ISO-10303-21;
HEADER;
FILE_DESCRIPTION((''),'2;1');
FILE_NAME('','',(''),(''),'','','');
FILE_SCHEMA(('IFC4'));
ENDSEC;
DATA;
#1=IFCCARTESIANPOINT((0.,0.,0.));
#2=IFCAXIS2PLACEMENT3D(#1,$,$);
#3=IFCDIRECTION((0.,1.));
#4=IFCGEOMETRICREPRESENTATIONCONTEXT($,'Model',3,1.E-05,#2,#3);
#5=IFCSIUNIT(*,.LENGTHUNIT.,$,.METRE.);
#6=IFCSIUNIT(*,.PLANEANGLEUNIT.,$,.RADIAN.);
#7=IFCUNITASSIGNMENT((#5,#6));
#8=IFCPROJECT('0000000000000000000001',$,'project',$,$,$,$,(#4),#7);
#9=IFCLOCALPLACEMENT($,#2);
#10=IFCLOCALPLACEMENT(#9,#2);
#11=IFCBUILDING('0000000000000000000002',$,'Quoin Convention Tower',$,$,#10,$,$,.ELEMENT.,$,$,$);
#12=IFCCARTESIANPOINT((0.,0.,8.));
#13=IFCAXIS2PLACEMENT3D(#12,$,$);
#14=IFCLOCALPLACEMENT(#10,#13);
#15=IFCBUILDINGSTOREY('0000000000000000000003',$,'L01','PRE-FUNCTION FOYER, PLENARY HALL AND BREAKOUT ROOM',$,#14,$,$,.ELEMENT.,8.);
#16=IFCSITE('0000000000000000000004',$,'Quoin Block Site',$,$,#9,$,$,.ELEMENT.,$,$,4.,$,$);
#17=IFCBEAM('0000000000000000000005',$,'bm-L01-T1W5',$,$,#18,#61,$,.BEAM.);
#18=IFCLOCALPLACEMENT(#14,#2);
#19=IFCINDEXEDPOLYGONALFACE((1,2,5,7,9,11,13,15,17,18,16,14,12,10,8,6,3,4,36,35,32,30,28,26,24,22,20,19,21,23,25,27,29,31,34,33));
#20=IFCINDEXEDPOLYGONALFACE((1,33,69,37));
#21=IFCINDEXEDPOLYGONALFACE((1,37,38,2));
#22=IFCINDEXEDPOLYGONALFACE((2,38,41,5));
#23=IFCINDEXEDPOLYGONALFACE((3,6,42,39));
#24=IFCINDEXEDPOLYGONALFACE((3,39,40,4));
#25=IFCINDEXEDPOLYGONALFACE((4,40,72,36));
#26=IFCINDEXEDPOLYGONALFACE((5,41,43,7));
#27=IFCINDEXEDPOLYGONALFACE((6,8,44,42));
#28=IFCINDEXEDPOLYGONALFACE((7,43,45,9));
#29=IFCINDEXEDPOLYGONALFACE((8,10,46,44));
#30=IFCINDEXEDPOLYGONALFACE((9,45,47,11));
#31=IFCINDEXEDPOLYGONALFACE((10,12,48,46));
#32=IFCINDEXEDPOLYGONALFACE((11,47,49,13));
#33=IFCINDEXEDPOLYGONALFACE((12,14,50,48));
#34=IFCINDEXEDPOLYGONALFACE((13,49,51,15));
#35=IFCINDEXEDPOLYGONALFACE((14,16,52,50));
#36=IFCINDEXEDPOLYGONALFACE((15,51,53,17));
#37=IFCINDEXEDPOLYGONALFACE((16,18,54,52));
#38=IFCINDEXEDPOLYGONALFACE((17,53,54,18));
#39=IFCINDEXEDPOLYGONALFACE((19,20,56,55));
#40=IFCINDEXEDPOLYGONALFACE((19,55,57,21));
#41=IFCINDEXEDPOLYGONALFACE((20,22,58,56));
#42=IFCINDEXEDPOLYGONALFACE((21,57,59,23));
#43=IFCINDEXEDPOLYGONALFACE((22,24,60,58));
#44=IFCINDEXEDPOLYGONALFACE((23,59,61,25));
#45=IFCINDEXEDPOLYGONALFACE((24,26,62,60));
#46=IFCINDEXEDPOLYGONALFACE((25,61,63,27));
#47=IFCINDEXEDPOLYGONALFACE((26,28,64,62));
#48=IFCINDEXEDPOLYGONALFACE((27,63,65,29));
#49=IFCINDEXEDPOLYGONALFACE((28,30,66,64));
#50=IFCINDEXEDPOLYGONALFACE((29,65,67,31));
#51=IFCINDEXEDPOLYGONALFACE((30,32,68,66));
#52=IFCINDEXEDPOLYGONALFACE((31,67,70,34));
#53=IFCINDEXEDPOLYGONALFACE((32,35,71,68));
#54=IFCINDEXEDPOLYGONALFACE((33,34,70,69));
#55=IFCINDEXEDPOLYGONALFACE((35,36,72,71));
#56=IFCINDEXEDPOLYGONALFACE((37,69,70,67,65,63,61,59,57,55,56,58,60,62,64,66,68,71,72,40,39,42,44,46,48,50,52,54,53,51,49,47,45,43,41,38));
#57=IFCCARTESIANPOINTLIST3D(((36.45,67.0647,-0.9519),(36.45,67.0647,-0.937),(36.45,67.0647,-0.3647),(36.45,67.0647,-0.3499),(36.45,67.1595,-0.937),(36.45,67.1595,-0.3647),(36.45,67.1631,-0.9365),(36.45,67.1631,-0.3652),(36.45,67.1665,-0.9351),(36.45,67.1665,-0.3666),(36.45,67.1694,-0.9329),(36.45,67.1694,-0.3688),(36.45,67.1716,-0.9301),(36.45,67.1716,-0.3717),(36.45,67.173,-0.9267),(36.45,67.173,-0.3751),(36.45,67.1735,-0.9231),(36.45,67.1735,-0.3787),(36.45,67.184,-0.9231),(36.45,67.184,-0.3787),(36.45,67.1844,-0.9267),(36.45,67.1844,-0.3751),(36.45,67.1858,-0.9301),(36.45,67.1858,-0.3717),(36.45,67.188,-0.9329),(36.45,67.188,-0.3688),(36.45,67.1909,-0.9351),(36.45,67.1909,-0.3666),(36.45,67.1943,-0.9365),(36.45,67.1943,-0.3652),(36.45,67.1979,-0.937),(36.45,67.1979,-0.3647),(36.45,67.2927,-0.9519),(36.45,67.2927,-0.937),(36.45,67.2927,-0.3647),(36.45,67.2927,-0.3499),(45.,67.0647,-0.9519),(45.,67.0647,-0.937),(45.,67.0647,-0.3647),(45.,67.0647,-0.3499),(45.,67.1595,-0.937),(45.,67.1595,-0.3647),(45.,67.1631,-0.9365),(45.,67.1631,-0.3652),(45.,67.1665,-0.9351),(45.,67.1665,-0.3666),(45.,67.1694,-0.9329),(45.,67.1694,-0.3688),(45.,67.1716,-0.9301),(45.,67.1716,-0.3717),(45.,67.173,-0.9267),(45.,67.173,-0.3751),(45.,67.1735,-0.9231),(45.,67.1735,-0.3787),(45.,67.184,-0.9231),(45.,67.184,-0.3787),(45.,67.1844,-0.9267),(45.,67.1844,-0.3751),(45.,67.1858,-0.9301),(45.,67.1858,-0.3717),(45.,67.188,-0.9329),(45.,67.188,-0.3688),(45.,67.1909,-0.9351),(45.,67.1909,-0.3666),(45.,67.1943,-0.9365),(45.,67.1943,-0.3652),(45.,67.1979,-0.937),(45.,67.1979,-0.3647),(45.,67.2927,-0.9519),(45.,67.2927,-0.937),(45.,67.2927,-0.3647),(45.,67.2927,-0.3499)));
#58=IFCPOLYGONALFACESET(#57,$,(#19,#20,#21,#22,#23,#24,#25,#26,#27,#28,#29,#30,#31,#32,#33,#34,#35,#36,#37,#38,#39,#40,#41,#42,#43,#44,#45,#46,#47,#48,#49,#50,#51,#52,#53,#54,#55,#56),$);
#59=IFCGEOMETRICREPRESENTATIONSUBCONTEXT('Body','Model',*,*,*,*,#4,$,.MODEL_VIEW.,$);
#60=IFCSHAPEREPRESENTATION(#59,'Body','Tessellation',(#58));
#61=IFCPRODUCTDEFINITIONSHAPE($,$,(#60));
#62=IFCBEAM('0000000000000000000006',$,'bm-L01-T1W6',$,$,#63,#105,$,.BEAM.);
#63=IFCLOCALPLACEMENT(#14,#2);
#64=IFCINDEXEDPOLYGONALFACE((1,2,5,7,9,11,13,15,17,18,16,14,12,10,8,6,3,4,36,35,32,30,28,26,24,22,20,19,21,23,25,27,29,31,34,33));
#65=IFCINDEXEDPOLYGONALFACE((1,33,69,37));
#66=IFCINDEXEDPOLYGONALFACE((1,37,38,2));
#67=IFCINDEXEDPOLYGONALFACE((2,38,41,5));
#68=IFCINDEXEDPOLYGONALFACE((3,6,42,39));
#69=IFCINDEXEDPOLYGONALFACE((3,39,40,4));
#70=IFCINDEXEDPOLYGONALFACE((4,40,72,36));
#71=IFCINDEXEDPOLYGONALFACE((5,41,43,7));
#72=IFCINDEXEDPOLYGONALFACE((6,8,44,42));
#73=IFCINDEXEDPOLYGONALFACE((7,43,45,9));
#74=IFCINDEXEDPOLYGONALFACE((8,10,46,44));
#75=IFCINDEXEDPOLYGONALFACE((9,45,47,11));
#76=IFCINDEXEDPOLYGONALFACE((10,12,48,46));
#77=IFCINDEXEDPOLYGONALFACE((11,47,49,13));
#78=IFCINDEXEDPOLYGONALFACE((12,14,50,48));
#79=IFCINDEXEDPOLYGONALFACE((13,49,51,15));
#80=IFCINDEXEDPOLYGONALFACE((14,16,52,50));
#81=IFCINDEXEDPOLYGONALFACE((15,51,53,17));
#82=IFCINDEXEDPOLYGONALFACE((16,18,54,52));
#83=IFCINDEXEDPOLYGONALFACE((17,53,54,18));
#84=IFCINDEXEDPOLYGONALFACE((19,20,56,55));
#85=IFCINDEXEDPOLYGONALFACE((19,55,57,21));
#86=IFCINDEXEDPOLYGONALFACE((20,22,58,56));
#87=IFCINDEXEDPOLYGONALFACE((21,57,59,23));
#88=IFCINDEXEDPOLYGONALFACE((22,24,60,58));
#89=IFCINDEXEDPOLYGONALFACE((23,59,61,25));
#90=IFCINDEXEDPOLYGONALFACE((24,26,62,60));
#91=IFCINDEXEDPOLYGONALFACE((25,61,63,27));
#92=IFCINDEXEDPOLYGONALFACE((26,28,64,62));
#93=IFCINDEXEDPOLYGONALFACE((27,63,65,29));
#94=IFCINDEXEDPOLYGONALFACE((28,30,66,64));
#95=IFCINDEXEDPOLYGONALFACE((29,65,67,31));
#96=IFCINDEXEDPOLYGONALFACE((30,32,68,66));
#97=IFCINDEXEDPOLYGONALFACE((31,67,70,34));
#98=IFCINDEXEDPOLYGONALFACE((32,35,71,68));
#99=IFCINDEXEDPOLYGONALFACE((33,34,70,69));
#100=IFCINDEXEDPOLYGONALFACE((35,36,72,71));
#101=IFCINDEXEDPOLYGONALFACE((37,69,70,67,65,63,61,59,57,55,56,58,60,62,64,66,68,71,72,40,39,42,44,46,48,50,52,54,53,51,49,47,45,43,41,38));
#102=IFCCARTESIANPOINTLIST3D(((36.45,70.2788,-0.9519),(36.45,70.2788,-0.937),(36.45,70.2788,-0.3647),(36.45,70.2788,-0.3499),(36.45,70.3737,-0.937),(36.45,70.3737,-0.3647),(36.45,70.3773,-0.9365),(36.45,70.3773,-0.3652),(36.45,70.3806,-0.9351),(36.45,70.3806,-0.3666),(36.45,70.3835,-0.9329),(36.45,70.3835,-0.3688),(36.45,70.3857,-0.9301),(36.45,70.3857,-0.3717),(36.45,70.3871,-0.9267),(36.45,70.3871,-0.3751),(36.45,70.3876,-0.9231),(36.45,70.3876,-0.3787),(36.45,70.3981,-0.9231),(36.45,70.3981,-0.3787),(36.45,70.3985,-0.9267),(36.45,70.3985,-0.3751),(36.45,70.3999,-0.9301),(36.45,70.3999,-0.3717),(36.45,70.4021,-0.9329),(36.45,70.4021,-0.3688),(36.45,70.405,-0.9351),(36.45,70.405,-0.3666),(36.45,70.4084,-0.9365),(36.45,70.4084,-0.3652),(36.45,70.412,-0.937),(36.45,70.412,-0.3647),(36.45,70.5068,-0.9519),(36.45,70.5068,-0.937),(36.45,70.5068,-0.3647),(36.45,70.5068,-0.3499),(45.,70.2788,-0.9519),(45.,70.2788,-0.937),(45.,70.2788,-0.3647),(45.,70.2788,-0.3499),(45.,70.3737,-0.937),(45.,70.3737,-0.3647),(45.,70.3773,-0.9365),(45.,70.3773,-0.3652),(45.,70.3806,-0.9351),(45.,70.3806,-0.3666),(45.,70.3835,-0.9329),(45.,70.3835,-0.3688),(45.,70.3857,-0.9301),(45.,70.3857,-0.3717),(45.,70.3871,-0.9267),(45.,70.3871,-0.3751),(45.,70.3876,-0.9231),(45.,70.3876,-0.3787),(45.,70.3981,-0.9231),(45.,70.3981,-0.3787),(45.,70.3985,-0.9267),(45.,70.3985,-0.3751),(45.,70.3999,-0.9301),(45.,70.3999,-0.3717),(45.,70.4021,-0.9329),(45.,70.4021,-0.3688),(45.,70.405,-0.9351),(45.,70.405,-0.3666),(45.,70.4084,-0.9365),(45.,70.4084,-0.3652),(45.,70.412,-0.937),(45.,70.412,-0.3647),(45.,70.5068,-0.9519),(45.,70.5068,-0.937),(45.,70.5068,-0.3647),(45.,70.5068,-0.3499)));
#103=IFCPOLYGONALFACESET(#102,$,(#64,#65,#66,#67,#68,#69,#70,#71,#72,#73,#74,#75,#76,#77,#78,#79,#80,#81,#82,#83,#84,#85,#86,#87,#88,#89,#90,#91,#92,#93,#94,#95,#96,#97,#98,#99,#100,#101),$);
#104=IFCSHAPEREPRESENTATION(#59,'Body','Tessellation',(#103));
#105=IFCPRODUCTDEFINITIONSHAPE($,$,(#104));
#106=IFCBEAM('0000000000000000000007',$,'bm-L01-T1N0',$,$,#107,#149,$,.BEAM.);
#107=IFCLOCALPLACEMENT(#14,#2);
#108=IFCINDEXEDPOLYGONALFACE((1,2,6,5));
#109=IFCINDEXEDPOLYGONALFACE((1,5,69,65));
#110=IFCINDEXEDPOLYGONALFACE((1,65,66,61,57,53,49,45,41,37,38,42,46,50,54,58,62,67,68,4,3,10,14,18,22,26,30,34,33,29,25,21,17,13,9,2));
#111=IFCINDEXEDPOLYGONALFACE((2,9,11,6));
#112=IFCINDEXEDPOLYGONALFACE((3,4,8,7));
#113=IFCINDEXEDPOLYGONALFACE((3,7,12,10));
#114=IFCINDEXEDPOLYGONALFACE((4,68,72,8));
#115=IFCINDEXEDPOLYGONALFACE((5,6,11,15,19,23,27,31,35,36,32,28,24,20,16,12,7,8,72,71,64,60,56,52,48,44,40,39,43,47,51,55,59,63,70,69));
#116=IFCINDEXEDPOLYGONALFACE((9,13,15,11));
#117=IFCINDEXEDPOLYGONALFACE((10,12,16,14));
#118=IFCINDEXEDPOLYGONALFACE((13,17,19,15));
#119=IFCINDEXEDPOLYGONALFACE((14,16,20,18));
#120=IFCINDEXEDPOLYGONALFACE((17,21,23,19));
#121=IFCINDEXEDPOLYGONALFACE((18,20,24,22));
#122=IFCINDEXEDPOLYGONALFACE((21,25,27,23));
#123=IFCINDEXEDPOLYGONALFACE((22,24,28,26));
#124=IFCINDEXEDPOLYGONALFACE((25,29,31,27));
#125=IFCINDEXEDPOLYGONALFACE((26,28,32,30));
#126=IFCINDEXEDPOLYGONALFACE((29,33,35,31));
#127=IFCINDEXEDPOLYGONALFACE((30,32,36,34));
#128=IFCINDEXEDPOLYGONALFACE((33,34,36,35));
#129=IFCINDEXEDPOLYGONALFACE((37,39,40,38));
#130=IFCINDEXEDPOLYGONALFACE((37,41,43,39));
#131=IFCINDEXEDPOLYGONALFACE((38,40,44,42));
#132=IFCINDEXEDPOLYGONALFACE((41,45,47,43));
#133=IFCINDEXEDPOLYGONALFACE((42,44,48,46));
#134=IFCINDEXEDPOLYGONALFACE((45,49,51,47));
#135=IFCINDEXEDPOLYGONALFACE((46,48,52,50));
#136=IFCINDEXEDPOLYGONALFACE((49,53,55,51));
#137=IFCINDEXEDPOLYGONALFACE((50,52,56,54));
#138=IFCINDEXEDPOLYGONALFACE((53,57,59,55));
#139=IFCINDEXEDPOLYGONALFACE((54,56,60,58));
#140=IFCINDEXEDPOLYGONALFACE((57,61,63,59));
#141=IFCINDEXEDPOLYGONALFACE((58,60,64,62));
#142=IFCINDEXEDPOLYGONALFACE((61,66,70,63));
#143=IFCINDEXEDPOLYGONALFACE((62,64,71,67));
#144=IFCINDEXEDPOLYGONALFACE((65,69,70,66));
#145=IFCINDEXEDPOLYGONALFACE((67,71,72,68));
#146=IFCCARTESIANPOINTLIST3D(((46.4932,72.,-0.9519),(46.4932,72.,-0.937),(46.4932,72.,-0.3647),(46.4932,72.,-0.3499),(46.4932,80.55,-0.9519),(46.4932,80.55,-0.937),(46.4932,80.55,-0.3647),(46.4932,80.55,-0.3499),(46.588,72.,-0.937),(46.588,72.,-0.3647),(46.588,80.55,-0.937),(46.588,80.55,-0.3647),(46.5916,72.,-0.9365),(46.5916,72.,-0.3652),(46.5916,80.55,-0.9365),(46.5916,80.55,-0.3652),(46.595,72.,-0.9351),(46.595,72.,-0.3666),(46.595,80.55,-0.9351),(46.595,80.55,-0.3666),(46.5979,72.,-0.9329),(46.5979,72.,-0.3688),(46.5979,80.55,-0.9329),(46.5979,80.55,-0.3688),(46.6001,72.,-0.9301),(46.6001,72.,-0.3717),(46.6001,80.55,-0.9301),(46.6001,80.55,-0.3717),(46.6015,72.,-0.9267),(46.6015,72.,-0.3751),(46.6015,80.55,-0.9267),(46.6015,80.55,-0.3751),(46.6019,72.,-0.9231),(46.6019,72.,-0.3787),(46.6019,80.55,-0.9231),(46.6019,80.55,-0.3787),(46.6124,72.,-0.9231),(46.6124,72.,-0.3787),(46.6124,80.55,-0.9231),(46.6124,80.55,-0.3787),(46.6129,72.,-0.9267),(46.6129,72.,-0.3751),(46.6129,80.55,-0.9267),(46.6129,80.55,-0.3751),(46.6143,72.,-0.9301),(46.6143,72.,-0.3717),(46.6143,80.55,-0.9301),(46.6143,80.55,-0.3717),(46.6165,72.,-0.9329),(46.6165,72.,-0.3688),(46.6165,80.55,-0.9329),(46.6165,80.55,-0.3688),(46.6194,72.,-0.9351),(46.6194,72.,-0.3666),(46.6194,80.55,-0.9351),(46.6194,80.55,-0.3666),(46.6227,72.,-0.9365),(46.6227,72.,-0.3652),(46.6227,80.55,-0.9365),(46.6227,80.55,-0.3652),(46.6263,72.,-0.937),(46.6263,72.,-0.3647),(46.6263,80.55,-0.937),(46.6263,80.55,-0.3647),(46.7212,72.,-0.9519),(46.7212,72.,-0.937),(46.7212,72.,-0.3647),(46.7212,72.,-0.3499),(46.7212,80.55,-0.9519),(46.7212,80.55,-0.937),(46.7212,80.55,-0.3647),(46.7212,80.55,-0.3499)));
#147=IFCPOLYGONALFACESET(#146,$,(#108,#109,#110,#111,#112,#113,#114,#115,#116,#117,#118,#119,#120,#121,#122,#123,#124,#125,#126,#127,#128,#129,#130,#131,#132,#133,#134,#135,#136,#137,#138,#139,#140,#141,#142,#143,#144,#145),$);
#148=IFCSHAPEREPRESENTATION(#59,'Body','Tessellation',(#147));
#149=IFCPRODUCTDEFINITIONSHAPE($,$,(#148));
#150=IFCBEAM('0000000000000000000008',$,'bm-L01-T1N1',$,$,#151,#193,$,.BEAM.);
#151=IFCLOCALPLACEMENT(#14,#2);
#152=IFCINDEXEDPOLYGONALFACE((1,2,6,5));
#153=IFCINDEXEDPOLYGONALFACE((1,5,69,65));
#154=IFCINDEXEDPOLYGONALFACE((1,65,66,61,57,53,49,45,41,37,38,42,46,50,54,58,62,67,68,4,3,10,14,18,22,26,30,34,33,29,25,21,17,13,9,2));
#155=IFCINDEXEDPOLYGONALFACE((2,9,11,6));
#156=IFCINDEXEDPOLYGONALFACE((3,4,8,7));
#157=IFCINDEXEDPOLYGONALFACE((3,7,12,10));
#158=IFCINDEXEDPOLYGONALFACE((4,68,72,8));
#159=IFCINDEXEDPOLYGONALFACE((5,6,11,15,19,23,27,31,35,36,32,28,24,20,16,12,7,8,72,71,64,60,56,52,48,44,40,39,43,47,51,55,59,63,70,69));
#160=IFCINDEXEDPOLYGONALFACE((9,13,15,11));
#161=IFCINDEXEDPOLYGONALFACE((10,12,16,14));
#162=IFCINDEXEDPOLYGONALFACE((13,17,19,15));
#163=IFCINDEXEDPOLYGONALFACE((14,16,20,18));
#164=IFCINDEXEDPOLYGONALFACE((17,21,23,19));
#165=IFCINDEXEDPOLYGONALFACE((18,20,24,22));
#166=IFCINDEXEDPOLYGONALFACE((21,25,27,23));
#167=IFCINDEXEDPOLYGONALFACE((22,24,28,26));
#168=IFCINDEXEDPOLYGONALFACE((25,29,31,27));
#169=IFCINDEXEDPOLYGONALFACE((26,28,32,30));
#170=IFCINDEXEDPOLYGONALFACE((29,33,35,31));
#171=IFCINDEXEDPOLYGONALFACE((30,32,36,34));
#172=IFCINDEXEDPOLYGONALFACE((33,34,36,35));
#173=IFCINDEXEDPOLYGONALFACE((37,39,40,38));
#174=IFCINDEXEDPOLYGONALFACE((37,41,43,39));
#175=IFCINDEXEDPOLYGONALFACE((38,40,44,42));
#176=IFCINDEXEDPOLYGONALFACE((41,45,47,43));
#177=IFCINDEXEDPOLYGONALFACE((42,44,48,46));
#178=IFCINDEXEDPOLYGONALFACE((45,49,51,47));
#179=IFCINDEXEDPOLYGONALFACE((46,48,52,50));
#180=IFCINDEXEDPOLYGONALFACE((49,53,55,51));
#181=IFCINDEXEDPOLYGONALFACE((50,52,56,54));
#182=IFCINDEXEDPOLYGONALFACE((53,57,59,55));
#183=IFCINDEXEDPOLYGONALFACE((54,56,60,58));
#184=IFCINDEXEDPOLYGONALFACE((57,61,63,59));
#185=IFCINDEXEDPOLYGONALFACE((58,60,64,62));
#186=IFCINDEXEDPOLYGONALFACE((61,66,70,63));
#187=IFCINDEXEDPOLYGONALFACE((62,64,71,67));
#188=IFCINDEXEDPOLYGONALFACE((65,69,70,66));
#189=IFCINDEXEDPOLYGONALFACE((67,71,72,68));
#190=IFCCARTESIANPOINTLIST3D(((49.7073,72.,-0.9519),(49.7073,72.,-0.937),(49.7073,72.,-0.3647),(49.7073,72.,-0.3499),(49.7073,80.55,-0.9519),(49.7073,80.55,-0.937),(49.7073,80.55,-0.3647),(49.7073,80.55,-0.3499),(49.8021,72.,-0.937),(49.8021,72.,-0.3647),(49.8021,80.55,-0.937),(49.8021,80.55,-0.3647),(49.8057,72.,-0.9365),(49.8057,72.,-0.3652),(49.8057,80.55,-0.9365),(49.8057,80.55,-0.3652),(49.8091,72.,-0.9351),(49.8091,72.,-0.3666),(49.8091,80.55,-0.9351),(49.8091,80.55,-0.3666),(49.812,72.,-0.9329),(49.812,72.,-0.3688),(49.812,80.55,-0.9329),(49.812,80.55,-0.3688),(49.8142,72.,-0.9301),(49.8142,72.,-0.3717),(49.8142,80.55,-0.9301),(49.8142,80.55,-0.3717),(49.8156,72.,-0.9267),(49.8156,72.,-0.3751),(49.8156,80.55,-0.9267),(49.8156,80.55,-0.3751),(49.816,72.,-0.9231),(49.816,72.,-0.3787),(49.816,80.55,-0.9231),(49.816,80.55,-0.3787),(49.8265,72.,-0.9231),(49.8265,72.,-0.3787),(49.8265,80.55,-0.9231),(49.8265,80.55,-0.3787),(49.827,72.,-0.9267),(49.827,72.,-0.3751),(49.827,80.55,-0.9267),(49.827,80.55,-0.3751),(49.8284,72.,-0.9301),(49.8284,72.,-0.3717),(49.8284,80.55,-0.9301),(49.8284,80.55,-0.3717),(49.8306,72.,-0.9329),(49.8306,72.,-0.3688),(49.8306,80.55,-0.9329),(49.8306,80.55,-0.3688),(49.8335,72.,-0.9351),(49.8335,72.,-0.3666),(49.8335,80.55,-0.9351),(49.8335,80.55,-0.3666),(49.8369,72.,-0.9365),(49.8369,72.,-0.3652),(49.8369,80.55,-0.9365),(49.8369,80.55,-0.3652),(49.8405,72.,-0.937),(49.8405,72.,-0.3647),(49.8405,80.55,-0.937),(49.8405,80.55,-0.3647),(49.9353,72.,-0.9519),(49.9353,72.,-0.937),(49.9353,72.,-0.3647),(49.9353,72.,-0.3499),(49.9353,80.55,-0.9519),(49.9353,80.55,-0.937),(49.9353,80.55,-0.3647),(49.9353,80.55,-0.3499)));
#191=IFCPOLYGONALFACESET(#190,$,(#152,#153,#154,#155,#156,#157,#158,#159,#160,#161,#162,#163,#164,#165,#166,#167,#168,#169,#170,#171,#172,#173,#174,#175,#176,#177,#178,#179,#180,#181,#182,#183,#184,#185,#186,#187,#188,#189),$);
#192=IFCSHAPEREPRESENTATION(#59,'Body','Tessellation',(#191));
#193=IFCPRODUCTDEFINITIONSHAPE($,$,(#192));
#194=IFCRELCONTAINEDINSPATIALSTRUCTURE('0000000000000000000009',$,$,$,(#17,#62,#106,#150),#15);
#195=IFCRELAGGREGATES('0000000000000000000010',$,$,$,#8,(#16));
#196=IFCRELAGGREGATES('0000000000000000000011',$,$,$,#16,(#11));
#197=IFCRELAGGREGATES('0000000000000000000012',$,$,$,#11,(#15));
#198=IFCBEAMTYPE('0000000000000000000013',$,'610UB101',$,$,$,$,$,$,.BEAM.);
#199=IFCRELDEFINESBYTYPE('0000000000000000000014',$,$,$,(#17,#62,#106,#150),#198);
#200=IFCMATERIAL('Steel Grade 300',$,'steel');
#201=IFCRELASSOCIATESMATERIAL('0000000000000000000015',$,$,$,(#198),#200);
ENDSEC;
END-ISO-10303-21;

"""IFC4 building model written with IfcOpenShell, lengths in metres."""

from ifc_helpers import new_model, si_unit, direction, frame, origin, origin_2d, place, context, subcontext, project, spatial, i_section, extrude, material, material_profile, profile_set, type_object, element, save


model = new_model("IFC4")

# Units and contexts
model_context = context("Model", 3, precision=1e-05, world=origin(), true_north=direction((0.0, 1.0)))
body_context = subcontext(model_context, "Body", "Model", "MODEL_VIEW")
ifc_project = project(units=[si_unit("LENGTHUNIT", "METRE"), si_unit("PLANEANGLEUNIT", "RADIAN")], contexts=[model_context])

# Site, building, storey
site_placement = place(None, origin())
site = spatial("IfcSite", under=ifc_project, at=site_placement, Name="Quoin Block Site", CompositionType="ELEMENT", RefElevation=4.0)
building_placement = place(site_placement, origin())
building = spatial("IfcBuilding", under=site, at=building_placement, Name="Quoin Convention Tower", CompositionType="ELEMENT")
storey_placement = place(building_placement, frame((0.0, 0.0, 8.0)))
storey = spatial("IfcBuildingStorey", under=building, at=storey_placement, Name="L01", Description="PRE-FUNCTION FOYER, PLENARY HALL AND BREAKOUT ROOM", CompositionType="ELEMENT", Elevation=8.0)

# Beams
ifc_material_1 = material(Name="Steel Grade 300", Category="steel")
ifc_material_profile = material_profile(ifc_material_1, i_section(OverallWidth=0.228, OverallDepth=0.6021, WebThickness=0.0105, FlangeThickness=0.0149, FilletRadius=0.0139, at=origin_2d()), Name="610UB101")
ifc_profile_set = profile_set([ifc_material_profile], Name="Steel Grade 300")
beam_type = type_object("IfcBeamType", Name="610UB101", PredefinedType="BEAM", material=ifc_profile_set)
for number, where, z_axis, x_axis, name in (
    (1, (36.45, 67.1787, -0.6509), (1.0, 0.0, 0.0), (0.0, 1.0, 0.0), "bm-L01-T1W5"),
    (2, (36.45, 70.3928, -0.6509), (1.0, 0.0, 0.0), (0.0, 1.0, 0.0), "bm-L01-T1W6"),
    (3, (46.6072, 72.0, -0.6509), (0.0, 1.0, 0.0), (-1.0, 0.0, 0.0), "bm-L01-T1N0"),
    (4, (49.8213, 72.0, -0.6509), (0.0, 1.0, 0.0), (-1.0, 0.0, 0.0), "bm-L01-T1N1"),
):
    element("IfcBeam", number, at=place(storey_placement, frame(where, z_axis=z_axis, x_axis=x_axis)), inside=storey, type_object=beam_type, Name=name, PredefinedType="BEAM", context=body_context, shape_type="SweptSolid", body=[
        extrude(i_section(OverallWidth=0.228, OverallDepth=0.6021, WebThickness=0.0105, FlangeThickness=0.0149, FilletRadius=0.0139, at=origin_2d()), origin(), (0.0, 0.0, 1.0), 8.55),
    ])

save(model, "model.ifc")
